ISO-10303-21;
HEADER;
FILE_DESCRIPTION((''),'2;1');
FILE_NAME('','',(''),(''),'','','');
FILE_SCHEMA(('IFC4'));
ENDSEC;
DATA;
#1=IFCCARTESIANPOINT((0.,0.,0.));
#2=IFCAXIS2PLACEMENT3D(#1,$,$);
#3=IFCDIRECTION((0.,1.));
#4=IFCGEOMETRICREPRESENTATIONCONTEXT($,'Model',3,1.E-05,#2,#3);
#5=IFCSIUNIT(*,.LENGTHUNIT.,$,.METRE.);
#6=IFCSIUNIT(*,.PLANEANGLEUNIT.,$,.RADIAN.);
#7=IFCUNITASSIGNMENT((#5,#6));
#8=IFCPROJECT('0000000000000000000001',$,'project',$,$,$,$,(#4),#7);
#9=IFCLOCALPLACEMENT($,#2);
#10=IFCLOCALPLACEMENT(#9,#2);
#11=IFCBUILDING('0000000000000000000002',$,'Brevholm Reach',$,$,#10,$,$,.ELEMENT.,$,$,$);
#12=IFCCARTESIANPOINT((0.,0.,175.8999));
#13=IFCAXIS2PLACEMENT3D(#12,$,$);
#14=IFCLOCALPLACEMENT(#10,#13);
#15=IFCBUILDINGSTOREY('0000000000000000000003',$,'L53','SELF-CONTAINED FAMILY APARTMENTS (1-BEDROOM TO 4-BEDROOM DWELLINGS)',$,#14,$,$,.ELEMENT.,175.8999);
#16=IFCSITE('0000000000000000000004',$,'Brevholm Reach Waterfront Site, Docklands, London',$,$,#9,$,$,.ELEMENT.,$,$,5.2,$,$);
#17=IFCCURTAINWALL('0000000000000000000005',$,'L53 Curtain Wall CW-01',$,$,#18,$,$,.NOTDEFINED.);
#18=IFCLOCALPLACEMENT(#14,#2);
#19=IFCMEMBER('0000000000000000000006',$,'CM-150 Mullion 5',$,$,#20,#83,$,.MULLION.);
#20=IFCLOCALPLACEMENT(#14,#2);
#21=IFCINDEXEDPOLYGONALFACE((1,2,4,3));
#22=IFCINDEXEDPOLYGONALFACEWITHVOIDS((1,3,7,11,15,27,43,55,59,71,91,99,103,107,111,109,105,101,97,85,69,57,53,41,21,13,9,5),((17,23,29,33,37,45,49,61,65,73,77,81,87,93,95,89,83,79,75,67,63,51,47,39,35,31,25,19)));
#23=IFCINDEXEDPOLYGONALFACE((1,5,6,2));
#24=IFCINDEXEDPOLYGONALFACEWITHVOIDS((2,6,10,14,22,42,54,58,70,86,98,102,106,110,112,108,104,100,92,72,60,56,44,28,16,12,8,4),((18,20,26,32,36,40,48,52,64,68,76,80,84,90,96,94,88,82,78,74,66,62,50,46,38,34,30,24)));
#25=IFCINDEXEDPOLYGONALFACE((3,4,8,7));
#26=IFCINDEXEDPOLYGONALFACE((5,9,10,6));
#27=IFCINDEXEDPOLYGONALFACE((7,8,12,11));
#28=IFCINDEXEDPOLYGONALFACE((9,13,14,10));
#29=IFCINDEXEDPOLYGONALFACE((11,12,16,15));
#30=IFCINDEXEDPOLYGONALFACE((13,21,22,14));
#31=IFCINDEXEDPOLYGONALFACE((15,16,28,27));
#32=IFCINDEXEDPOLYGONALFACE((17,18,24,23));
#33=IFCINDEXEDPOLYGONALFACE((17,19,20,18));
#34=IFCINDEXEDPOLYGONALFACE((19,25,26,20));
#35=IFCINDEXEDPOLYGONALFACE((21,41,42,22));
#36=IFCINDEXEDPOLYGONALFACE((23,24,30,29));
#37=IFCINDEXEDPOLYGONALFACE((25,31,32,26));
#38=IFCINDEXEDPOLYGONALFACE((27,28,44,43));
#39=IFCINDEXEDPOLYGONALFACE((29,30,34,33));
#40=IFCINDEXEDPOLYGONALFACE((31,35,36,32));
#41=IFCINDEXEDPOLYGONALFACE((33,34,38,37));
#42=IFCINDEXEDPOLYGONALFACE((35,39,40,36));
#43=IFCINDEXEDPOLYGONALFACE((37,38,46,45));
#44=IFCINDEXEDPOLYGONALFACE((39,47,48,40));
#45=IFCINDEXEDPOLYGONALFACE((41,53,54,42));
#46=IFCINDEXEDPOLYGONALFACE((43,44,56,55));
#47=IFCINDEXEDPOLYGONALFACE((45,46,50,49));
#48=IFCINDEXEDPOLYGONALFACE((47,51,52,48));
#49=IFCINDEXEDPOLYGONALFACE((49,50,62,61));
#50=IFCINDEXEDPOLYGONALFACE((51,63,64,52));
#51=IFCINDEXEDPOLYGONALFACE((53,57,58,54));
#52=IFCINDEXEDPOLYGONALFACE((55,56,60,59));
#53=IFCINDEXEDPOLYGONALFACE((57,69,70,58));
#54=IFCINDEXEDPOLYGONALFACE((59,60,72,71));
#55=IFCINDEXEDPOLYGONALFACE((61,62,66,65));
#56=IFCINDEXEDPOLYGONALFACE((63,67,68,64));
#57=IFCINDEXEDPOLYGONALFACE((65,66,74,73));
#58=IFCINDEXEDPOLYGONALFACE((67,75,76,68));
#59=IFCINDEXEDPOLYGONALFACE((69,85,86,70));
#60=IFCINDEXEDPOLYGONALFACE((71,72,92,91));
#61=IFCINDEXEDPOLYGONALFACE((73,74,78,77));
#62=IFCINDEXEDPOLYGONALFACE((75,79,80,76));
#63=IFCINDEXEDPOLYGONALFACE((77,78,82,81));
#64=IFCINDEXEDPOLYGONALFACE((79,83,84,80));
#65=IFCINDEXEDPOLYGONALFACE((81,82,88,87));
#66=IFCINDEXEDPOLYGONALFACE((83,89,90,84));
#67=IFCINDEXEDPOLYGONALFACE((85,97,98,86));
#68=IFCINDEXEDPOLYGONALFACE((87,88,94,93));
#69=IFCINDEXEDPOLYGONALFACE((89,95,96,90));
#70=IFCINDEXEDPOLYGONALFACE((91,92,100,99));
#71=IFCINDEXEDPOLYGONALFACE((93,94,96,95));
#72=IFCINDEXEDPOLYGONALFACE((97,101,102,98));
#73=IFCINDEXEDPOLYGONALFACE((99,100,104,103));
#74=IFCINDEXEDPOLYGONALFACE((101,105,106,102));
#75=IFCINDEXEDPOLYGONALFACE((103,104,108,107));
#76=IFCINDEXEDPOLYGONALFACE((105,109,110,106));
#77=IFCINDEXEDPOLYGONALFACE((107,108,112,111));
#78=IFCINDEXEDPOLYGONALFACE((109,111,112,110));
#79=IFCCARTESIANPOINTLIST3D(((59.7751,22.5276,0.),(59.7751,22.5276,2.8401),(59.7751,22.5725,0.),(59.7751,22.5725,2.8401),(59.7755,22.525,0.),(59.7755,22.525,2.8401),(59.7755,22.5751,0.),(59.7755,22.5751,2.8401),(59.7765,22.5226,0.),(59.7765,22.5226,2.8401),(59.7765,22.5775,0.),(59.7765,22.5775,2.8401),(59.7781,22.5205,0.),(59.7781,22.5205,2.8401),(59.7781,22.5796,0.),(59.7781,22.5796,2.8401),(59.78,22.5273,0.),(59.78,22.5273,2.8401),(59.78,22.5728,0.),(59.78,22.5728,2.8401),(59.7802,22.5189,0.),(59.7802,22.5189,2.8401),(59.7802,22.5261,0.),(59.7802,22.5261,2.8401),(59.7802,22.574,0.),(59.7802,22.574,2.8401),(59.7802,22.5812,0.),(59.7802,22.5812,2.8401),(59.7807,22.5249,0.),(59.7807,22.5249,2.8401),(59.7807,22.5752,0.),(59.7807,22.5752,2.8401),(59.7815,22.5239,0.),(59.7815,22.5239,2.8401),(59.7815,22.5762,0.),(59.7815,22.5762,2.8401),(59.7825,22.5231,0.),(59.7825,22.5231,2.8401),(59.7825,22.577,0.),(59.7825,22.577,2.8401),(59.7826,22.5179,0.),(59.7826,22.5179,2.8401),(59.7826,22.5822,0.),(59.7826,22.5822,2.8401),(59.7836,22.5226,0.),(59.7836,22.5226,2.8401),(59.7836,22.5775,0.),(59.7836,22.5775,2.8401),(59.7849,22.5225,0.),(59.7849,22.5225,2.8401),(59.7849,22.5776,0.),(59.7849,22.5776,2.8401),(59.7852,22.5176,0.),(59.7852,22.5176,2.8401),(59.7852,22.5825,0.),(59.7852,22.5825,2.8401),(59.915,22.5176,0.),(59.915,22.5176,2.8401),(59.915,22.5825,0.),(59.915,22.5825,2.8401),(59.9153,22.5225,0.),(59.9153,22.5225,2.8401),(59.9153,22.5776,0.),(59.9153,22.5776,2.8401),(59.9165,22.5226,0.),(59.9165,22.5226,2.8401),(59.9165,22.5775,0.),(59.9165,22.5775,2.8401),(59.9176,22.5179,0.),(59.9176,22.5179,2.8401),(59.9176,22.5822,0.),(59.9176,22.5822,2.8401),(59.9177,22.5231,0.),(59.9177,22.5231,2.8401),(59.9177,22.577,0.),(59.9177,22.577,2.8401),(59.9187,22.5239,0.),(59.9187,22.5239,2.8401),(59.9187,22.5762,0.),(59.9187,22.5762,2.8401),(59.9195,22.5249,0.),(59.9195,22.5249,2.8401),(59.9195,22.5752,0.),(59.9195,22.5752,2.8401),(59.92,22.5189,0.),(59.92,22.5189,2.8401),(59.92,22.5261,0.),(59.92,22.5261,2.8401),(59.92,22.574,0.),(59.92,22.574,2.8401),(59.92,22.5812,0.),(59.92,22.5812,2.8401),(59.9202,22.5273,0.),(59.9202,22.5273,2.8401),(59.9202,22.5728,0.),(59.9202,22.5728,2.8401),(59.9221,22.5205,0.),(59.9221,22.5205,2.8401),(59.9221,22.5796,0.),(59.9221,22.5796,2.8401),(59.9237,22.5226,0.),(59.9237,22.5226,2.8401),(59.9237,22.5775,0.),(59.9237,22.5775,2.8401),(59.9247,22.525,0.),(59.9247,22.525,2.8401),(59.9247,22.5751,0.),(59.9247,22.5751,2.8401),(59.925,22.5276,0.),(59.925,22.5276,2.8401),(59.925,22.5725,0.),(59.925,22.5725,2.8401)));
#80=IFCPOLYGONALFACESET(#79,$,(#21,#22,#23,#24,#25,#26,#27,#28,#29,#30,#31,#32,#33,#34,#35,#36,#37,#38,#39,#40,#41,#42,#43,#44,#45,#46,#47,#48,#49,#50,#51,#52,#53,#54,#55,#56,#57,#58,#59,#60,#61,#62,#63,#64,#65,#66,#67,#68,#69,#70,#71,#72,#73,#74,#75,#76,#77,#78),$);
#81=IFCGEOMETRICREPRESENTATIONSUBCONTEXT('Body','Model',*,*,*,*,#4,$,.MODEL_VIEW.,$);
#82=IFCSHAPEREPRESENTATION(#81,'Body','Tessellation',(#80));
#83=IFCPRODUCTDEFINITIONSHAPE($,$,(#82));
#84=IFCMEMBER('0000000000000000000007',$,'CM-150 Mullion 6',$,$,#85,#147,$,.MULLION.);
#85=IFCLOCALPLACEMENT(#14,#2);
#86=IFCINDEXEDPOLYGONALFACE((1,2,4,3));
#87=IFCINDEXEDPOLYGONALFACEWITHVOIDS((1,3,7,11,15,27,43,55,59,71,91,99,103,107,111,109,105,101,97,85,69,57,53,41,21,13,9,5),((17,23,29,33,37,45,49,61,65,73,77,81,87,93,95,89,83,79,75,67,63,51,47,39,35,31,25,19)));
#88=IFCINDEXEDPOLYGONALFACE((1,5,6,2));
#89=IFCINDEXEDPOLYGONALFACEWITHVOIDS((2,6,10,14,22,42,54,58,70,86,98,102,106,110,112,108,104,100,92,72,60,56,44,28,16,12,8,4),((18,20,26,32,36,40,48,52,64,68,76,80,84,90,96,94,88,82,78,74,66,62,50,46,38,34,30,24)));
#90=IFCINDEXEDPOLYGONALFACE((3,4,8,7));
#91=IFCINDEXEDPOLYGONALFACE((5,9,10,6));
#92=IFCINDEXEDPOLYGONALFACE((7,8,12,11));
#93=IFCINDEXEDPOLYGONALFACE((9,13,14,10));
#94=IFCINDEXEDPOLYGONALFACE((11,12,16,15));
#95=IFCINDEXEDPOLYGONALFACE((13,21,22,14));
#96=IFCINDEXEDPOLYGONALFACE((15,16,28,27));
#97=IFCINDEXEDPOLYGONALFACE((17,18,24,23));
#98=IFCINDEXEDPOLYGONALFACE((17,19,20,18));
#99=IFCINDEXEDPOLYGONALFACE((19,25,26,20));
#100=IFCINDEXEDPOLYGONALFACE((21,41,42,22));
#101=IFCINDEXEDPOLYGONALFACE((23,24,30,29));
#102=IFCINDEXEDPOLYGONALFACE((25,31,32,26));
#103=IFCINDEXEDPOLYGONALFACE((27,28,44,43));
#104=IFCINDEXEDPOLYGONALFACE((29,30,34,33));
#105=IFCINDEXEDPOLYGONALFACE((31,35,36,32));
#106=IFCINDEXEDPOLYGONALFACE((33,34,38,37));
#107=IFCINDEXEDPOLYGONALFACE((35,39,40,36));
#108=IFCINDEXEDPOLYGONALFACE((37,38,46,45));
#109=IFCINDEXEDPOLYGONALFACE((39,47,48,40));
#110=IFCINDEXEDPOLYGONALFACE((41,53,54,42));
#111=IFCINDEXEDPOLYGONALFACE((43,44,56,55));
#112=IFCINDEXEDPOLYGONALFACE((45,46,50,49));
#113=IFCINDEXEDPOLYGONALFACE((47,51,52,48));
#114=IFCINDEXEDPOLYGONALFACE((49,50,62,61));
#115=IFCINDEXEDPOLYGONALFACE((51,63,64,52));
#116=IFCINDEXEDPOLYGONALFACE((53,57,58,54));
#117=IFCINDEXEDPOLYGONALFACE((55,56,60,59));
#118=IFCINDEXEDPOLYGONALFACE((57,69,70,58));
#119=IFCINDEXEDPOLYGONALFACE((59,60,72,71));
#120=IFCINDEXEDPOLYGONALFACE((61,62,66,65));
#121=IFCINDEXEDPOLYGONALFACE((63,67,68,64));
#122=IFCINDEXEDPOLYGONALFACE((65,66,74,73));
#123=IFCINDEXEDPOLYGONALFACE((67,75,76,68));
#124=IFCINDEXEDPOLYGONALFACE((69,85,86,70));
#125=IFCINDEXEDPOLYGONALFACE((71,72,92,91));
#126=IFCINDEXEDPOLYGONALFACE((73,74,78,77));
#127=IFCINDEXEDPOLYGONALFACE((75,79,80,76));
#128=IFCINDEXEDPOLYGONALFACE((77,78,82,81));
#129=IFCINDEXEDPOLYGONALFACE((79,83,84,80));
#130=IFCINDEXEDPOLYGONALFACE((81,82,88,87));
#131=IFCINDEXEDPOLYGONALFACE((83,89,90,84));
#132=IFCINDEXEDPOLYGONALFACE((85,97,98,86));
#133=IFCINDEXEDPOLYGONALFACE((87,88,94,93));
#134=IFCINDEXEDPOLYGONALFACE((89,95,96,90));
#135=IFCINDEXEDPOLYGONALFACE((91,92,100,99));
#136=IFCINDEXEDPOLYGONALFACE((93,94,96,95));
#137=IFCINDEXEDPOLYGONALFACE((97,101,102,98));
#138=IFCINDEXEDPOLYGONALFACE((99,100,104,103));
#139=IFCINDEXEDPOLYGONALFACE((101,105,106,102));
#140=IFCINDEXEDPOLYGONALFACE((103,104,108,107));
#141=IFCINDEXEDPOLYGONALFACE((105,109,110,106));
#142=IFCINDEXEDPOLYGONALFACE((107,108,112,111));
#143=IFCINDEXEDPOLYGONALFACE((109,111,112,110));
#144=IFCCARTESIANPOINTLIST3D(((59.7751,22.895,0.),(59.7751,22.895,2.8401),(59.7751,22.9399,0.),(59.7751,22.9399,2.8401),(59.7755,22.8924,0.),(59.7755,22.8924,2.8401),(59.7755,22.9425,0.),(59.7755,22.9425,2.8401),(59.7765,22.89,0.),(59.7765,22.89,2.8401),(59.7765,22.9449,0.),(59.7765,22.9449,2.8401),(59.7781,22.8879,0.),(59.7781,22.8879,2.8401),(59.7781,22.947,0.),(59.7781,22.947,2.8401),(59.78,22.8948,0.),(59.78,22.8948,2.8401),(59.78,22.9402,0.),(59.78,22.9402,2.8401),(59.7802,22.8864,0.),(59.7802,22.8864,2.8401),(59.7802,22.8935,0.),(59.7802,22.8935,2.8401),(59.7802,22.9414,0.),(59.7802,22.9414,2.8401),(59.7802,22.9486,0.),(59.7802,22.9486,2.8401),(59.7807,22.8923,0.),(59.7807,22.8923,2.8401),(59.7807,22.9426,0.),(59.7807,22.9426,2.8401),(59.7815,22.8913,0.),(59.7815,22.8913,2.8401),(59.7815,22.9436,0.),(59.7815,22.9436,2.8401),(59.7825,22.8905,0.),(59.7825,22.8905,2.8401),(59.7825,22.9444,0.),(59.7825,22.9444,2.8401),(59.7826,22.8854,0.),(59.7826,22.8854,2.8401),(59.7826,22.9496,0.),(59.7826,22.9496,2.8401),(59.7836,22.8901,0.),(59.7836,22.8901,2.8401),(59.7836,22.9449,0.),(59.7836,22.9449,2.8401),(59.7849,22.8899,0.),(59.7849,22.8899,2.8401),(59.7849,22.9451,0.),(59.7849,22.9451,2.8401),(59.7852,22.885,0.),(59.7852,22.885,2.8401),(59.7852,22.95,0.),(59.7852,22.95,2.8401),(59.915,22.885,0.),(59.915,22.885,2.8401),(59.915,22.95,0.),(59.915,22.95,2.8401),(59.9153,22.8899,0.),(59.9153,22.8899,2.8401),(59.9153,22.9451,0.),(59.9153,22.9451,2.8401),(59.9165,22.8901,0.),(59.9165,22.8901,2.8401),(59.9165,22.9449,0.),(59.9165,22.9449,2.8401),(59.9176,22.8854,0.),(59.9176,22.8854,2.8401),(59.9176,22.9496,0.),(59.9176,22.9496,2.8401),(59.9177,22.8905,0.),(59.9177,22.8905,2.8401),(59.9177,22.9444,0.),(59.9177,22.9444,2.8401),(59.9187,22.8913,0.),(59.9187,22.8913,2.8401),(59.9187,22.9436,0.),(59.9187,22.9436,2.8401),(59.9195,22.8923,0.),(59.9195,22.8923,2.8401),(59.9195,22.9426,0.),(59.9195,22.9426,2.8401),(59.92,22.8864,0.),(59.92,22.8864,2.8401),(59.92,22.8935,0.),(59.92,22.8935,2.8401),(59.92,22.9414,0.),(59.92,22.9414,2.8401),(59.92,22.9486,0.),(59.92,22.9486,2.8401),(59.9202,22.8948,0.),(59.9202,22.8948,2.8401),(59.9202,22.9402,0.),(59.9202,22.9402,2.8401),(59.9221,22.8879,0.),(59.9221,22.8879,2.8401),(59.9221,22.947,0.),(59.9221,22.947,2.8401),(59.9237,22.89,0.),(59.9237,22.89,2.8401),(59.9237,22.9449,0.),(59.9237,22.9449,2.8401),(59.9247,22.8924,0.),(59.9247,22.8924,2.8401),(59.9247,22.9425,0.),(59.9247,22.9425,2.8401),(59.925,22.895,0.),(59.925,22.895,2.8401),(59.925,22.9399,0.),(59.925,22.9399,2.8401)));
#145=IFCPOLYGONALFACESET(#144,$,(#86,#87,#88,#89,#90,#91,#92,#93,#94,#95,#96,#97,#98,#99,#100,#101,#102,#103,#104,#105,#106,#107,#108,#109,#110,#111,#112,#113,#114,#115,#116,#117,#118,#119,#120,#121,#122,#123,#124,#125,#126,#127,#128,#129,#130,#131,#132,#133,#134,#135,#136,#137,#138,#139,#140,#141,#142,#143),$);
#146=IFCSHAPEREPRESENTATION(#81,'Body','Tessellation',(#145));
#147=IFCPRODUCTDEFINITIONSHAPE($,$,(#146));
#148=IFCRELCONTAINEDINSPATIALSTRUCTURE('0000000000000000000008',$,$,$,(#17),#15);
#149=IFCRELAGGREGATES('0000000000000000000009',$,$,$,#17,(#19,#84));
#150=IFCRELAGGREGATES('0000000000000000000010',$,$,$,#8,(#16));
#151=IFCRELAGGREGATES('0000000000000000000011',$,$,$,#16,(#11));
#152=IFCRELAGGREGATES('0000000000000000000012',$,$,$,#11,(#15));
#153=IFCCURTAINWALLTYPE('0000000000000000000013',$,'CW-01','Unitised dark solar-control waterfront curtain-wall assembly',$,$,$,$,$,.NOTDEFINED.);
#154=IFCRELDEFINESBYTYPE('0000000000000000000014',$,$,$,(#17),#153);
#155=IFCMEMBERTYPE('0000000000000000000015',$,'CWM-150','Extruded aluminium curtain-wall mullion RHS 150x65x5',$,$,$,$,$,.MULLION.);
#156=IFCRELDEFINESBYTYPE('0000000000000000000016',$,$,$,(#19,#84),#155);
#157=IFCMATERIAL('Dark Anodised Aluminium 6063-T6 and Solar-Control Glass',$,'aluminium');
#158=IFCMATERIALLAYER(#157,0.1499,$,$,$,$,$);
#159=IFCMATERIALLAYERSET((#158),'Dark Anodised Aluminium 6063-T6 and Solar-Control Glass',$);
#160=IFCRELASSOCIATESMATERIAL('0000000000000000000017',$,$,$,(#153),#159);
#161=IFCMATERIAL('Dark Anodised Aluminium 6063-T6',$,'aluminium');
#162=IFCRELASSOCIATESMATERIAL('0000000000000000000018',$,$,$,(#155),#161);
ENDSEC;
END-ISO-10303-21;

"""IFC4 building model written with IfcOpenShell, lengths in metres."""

from ifc_helpers import new_model, si_unit, direction, frame, origin, origin_2d, place, context, subcontext, project, spatial, hollow_rectangle, extrude, material, layer, layer_set, material_profile, profile_set, type_object, element, aggregate, save


model = new_model("IFC4")

# Units and contexts
model_context = context("Model", 3, precision=1e-05, world=origin(), true_north=direction((0.0, 1.0)))
body_context = subcontext(model_context, "Body", "Model", "MODEL_VIEW")
ifc_project = project(units=[si_unit("LENGTHUNIT", "METRE"), si_unit("PLANEANGLEUNIT", "RADIAN")], contexts=[model_context])

# Site, building, storey
site_placement = place(None, origin())
site = spatial("IfcSite", under=ifc_project, at=site_placement, Name="Brevholm Reach Waterfront Site, Docklands, London", CompositionType="ELEMENT", RefElevation=5.2)
building_placement = place(site_placement, origin())
building = spatial("IfcBuilding", under=site, at=building_placement, Name="Brevholm Reach", CompositionType="ELEMENT")
storey_placement = place(building_placement, frame((0.0, 0.0, 175.8999)))
storey = spatial("IfcBuildingStorey", under=building, at=storey_placement, Name="L53", Description="SELF-CONTAINED FAMILY APARTMENTS (1-BEDROOM TO 4-BEDROOM DWELLINGS)", CompositionType="ELEMENT", Elevation=175.8999)

# Curtain wall, members
ifc_material_1 = material(Name="Dark Anodised Aluminium 6063-T6 and Solar-Control Glass", Category="aluminium")
ifc_layer_1 = layer(ifc_material_1, 0.1499)
ifc_layer_set_1 = layer_set([ifc_layer_1], Name="Dark Anodised Aluminium 6063-T6 and Solar-Control Glass")
curtain_wall_type = type_object("IfcCurtainWallType", Name="CW-01", Description="Unitised dark solar-control waterfront curtain-wall assembly", PredefinedType="NOTDEFINED", material=ifc_layer_set_1)
curtain_wall_placement = place(storey_placement, origin())
curtain_wall = element("IfcCurtainWall", 1, at=curtain_wall_placement, inside=storey, type_object=curtain_wall_type, Name="L53 Curtain Wall CW-01", PredefinedType="NOTDEFINED")
ifc_material_2 = material(Name="Dark Anodised Aluminium 6063-T6", Category="aluminium")
ifc_material_profile_1 = material_profile(ifc_material_2, hollow_rectangle(XDim=0.0649, YDim=0.1499, WallThickness=0.0049, InnerFilletRadius=0.0049, OuterFilletRadius=0.01, at=origin_2d()), Name="RHS 150x65x5")
ifc_profile_set_1 = profile_set([ifc_material_profile_1], Name="Dark Anodised Aluminium 6063-T6")
member_type_1 = type_object("IfcMemberType", Name="CWM-150", Description="Extruded aluminium curtain-wall mullion RHS 150x65x5", PredefinedType="MULLION", material=ifc_profile_set_1)
member_1_placement = place(storey_placement, frame((59.8501, 22.55, 0.0), z_axis=(0.0, 0.0, 1.0), x_axis=(0.0, 1.0, 0.0)))
member_1 = element("IfcMember", 2, at=member_1_placement, type_object=member_type_1, Name="CM-150 Mullion 5", PredefinedType="MULLION", context=body_context, shape_type="SweptSolid", body=[
    extrude(hollow_rectangle(XDim=0.0649, YDim=0.1499, WallThickness=0.0049, InnerFilletRadius=0.0049, OuterFilletRadius=0.01, at=origin_2d()), origin(), (0.0, 0.0, 1.0), 2.8401),
])
member_2_placement = place(storey_placement, frame((59.8501, 22.9175, 0.0), z_axis=(0.0, 0.0, 1.0), x_axis=(0.0, 1.0, 0.0)))
member_2 = element("IfcMember", 3, at=member_2_placement, type_object=member_type_1, Name="CM-150 Mullion 6", PredefinedType="MULLION", context=body_context, shape_type="SweptSolid", body=[
    extrude(hollow_rectangle(XDim=0.0649, YDim=0.1499, WallThickness=0.0049, InnerFilletRadius=0.0049, OuterFilletRadius=0.01, at=origin_2d()), origin(), (0.0, 0.0, 1.0), 2.8401),
])
aggregate(curtain_wall, [member_1, member_2])

save(model, "model.ifc")
